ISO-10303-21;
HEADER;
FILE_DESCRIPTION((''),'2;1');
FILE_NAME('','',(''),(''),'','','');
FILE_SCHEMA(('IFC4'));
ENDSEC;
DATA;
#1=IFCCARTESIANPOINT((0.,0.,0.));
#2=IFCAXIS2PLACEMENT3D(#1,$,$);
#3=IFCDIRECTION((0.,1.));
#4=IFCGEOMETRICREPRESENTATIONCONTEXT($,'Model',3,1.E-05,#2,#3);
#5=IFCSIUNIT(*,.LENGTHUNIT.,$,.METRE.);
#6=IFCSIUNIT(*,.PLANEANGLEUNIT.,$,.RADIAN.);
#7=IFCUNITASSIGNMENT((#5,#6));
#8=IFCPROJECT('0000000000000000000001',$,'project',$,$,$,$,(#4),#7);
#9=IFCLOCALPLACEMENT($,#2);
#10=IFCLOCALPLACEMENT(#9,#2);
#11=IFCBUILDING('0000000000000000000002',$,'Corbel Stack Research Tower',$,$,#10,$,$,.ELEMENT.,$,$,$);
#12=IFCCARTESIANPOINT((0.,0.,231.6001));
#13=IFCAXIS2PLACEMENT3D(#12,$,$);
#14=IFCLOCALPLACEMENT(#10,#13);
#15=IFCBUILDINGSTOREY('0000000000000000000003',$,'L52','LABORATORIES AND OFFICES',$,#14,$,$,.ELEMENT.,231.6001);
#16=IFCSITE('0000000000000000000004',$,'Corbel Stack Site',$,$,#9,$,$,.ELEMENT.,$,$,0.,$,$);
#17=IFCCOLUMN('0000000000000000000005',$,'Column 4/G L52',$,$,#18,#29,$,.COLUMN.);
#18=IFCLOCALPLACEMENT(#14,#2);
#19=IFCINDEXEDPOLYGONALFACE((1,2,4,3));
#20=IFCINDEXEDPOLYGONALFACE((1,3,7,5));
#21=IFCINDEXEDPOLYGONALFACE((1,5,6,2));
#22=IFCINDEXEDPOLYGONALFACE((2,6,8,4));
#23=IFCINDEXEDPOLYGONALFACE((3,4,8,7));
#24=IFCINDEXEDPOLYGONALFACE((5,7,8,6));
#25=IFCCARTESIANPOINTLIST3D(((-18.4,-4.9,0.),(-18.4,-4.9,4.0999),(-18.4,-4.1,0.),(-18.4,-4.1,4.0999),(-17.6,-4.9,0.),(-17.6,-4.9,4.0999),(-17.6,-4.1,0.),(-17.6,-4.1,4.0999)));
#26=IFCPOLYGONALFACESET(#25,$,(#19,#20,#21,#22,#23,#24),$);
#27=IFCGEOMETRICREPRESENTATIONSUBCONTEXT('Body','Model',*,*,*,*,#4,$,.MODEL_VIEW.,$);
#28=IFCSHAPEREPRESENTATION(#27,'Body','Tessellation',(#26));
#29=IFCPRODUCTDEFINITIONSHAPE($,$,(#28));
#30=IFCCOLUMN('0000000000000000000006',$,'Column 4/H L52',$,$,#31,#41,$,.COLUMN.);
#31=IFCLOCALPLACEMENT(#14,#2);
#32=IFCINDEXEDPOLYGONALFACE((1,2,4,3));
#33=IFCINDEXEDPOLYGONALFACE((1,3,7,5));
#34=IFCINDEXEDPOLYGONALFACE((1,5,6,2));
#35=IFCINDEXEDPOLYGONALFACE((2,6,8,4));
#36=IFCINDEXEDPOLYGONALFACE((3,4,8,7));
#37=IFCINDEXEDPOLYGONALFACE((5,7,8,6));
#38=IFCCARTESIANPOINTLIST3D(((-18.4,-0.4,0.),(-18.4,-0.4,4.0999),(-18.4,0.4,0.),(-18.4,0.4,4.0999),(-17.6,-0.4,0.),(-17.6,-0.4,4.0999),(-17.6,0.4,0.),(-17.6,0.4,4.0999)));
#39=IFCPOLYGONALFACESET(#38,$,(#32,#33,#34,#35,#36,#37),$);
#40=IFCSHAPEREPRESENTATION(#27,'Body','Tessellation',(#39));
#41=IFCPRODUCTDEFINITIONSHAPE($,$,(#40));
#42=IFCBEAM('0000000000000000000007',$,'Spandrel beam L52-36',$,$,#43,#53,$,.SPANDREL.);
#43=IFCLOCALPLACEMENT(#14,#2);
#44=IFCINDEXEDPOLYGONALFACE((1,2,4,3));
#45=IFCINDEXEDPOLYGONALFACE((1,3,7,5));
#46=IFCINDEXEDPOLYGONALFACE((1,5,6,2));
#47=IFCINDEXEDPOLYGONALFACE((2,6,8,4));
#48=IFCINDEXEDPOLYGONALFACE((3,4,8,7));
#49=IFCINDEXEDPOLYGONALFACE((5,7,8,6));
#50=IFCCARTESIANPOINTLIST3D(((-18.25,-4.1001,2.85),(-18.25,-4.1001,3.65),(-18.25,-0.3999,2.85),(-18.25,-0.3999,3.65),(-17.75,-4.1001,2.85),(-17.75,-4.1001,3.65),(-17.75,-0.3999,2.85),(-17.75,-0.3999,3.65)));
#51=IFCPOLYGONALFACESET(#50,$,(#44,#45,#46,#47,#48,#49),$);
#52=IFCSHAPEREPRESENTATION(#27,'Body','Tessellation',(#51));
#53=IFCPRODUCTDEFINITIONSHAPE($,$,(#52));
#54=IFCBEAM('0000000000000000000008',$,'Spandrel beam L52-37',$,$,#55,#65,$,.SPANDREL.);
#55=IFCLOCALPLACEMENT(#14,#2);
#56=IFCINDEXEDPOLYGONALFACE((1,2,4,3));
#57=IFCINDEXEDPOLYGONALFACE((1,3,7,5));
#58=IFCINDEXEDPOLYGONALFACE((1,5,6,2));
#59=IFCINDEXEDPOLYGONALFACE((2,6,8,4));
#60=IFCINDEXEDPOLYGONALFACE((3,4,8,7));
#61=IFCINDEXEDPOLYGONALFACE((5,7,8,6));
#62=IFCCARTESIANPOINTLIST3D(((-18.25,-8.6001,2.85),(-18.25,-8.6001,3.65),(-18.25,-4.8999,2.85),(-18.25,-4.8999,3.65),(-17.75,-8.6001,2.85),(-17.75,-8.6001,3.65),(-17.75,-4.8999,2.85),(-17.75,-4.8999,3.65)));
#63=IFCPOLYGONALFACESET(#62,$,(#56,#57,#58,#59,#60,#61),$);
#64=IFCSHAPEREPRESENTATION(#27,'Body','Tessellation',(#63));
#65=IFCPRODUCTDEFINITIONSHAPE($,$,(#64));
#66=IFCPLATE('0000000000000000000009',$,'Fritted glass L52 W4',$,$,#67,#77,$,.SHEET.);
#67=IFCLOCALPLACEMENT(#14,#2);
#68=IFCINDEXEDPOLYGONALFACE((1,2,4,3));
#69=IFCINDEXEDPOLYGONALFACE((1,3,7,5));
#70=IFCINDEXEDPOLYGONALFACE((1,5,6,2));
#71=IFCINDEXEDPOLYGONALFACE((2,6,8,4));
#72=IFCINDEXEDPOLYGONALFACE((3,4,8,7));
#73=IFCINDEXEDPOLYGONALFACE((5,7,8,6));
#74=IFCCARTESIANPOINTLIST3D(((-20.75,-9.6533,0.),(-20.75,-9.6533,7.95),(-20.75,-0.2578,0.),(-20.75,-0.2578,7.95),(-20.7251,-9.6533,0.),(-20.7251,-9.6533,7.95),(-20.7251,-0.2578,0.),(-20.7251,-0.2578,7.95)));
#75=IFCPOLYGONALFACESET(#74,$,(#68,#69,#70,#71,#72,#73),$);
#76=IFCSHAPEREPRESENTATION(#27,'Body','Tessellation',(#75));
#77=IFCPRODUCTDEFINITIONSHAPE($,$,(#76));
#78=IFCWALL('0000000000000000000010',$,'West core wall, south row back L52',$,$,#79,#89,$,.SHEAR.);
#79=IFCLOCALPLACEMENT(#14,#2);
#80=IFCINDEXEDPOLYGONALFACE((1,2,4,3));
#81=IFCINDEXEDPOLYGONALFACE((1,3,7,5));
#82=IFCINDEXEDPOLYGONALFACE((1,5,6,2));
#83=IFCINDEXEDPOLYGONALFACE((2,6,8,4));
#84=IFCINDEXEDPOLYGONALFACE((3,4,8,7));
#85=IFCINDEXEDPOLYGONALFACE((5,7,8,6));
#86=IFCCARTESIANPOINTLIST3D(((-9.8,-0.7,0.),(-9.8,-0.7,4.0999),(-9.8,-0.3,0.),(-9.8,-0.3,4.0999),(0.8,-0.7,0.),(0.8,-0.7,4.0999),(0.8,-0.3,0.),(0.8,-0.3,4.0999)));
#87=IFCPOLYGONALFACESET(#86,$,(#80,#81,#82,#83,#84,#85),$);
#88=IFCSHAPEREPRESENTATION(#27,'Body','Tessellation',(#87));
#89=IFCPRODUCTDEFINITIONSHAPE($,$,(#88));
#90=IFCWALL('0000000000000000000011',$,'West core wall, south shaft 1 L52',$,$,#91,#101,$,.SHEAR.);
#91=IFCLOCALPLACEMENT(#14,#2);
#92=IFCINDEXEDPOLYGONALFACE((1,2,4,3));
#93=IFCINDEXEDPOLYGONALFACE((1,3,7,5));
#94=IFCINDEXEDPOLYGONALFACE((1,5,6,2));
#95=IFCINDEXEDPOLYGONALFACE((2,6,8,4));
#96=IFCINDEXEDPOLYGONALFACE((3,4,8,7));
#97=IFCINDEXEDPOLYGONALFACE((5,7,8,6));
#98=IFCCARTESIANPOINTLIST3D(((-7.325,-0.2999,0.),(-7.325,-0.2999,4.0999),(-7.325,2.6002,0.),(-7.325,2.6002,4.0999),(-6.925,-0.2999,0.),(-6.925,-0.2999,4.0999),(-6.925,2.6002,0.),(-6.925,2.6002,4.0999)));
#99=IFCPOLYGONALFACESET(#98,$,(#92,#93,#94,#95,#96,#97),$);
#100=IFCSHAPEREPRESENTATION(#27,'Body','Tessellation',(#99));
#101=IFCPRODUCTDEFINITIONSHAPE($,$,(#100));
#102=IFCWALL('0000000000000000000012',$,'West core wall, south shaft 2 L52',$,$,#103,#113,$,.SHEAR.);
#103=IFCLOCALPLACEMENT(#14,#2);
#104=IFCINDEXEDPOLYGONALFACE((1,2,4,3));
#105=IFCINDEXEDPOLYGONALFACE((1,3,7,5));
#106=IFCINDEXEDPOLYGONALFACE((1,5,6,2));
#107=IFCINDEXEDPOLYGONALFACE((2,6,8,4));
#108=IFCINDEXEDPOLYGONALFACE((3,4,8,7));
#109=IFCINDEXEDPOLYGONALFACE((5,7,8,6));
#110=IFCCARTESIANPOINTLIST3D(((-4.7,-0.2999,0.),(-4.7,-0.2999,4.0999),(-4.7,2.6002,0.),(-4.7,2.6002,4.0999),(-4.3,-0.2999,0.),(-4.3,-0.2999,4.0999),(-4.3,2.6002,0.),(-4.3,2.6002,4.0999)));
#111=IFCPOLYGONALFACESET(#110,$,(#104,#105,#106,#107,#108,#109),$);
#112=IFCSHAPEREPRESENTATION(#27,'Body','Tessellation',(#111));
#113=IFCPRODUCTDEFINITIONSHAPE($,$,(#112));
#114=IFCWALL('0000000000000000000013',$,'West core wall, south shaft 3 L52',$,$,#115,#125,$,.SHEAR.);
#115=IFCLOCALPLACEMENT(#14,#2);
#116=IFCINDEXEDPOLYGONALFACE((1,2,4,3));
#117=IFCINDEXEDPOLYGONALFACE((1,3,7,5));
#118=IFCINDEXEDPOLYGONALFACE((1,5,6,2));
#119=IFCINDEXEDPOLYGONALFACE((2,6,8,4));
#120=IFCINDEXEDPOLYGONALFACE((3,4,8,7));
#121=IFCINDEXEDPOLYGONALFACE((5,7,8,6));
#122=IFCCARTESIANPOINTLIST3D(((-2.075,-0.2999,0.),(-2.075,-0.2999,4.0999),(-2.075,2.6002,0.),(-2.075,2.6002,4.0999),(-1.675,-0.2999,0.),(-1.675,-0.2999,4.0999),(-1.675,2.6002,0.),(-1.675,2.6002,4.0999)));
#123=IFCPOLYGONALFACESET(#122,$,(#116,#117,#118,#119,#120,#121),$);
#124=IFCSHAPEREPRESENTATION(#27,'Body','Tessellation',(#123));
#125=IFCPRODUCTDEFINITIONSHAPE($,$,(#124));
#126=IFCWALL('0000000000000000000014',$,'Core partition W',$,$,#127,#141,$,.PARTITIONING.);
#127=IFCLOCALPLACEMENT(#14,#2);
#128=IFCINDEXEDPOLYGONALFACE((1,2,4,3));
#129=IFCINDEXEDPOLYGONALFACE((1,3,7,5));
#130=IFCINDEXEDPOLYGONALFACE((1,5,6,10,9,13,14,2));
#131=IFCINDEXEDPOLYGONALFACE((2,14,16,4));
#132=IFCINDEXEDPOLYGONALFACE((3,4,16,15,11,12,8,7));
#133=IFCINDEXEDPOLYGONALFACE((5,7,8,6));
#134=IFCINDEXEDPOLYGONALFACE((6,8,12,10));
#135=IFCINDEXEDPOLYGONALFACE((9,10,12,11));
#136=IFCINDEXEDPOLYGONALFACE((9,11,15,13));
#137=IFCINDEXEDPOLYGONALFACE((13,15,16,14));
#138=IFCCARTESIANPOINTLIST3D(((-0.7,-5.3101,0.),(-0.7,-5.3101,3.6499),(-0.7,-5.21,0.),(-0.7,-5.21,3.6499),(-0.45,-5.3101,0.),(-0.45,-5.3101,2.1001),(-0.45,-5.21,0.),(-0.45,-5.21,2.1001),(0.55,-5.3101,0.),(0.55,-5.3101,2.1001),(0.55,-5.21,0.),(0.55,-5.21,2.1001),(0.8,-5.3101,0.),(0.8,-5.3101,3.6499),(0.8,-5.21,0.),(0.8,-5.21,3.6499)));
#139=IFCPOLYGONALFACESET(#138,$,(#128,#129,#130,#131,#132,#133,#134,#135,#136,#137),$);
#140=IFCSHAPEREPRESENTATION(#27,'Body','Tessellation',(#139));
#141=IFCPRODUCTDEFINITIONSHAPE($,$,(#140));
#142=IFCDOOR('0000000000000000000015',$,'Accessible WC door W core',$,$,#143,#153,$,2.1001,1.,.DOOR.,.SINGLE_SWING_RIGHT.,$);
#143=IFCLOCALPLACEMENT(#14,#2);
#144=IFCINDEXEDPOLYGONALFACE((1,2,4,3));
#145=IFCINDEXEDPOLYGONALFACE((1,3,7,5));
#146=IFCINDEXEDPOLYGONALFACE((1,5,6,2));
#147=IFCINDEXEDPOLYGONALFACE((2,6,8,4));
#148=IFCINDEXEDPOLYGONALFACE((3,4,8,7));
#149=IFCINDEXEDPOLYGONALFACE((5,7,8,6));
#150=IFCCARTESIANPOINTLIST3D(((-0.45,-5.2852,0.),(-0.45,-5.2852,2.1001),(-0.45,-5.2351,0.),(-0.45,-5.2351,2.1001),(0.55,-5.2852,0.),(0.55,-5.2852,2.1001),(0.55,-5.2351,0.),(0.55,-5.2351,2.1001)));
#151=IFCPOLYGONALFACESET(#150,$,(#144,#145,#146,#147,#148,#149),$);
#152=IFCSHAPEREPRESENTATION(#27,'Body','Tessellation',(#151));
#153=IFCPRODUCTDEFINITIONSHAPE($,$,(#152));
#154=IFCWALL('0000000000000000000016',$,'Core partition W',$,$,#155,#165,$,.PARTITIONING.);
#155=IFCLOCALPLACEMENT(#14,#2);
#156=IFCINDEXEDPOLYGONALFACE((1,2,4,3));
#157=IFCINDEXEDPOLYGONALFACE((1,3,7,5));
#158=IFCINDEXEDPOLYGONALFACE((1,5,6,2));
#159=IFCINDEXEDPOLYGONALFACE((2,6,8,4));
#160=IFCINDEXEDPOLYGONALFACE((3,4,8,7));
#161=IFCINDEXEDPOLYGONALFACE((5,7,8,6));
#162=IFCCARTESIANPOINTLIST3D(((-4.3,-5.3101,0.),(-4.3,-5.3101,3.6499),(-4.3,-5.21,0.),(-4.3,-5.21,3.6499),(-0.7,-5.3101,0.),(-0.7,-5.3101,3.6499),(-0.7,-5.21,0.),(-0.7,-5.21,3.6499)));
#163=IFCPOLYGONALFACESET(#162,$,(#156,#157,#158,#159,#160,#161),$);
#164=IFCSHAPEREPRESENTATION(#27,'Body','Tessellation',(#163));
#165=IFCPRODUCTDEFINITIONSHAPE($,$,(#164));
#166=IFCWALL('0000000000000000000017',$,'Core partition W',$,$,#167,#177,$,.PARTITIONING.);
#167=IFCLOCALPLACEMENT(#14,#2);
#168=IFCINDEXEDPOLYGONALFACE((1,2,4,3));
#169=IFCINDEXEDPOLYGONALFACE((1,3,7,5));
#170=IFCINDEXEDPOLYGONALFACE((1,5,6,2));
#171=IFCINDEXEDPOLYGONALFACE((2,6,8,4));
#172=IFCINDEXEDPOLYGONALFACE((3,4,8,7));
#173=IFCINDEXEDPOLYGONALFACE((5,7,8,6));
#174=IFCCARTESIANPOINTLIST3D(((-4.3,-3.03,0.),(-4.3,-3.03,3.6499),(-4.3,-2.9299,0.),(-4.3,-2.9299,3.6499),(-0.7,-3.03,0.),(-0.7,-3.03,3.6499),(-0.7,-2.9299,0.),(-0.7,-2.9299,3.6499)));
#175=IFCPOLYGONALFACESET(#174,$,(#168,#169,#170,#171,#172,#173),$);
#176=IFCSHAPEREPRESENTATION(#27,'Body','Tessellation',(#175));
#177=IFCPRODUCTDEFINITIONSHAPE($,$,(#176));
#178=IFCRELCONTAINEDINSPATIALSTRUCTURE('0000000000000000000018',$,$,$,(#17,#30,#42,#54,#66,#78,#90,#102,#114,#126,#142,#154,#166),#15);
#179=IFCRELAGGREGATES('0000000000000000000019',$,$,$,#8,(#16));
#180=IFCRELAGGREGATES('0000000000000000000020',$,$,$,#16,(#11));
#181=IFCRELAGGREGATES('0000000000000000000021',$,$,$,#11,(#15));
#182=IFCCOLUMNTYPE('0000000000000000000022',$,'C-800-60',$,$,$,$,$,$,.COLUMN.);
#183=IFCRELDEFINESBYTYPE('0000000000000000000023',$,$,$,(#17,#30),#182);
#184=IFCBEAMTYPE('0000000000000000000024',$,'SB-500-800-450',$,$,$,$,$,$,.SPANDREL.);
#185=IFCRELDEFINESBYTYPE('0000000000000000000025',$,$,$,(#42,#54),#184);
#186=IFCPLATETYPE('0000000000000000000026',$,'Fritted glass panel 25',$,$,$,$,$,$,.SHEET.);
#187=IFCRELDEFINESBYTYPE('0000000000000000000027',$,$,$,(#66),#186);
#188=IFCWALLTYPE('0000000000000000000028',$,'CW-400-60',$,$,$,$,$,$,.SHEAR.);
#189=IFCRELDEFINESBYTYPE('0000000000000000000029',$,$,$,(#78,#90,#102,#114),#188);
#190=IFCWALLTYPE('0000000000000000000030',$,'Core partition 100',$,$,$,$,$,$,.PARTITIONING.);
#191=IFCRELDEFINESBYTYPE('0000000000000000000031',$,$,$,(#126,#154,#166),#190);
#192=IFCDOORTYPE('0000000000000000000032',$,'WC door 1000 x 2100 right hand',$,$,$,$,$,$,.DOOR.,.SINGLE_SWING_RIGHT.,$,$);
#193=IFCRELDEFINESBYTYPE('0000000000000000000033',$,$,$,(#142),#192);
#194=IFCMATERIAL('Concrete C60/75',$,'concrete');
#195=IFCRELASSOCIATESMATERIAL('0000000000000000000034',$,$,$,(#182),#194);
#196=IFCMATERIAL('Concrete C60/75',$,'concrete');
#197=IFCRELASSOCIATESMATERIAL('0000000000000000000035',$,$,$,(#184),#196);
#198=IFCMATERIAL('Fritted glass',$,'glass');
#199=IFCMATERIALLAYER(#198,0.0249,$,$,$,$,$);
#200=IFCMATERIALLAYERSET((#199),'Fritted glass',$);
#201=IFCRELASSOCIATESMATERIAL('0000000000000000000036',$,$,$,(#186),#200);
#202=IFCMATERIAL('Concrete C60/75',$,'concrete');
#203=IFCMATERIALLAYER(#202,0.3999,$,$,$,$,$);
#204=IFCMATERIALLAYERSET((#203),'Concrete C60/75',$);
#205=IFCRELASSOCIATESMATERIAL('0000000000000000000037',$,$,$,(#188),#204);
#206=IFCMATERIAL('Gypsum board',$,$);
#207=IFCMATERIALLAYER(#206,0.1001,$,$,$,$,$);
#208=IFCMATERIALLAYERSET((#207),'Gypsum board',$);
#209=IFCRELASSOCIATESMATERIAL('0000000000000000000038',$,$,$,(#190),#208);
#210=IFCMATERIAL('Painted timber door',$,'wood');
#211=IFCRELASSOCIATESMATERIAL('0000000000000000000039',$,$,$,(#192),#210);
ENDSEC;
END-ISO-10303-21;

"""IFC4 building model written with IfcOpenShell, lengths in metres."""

from ifc_helpers import new_model, si_unit, direction, frame, frame_2d, origin, origin_2d, place, context, subcontext, project, spatial, rectangle, extrude, material, layer, layer_set, material_profile, profile_set, type_object, element, fill, save


model = new_model("IFC4")

# Units and contexts
model_context = context("Model", 3, precision=1e-05, world=origin(), true_north=direction((0.0, 1.0)))
body_context = subcontext(model_context, "Body", "Model", "MODEL_VIEW")
ifc_project = project(units=[si_unit("LENGTHUNIT", "METRE"), si_unit("PLANEANGLEUNIT", "RADIAN")], contexts=[model_context])

# Site, building, storey
site_placement = place(None, origin())
site = spatial("IfcSite", under=ifc_project, at=site_placement, Name="Corbel Stack Site", CompositionType="ELEMENT", RefElevation=0.0)
building_placement = place(site_placement, origin())
building = spatial("IfcBuilding", under=site, at=building_placement, Name="Corbel Stack Research Tower", CompositionType="ELEMENT")
storey_placement = place(building_placement, frame((0.0, 0.0, 231.6001)))
storey = spatial("IfcBuildingStorey", under=building, at=storey_placement, Name="L52", Description="LABORATORIES AND OFFICES", CompositionType="ELEMENT", Elevation=231.6001)

# Columns
ifc_material_1 = material(Name="Concrete C60/75", Category="concrete")
ifc_material_profile_1 = material_profile(ifc_material_1, rectangle(XDim=0.8, YDim=0.8, at=origin_2d()), Name="RC 800 x 800")
ifc_profile_set_1 = profile_set([ifc_material_profile_1], Name="Concrete C60/75")
column_type = type_object("IfcColumnType", Name="C-800-60", PredefinedType="COLUMN", material=ifc_profile_set_1)
for number, where, z_axis, x_axis, name in (
    (1, (-18.0, -4.5, 0.0), (0.0, 0.0, 1.0), (1.0, 0.0, 0.0), "Column 4/G L52"),
    (2, (-18.0, 0.0, 0.0), (0.0, 0.0, 1.0), (1.0, 0.0, 0.0), "Column 4/H L52"),
):
    element("IfcColumn", number, at=place(storey_placement, frame(where, z_axis=z_axis, x_axis=x_axis)), inside=storey, type_object=column_type, Name=name, PredefinedType="COLUMN", context=body_context, shape_type="SweptSolid", body=[
        extrude(rectangle(XDim=0.8, YDim=0.8, at=origin_2d()), origin(), (0.0, 0.0, 1.0), 4.0999),
    ])

# Beams
ifc_material_2 = material(Name="Concrete C60/75", Category="concrete")
ifc_material_profile_2 = material_profile(ifc_material_2, rectangle(XDim=0.5, YDim=0.8, at=origin_2d()), Name="RC 500 x 800")
ifc_profile_set_2 = profile_set([ifc_material_profile_2], Name="Concrete C60/75")
beam_type = type_object("IfcBeamType", Name="SB-500-800-450", PredefinedType="SPANDREL", material=ifc_profile_set_2)
for number, where, z_axis, x_axis, name in (
    (3, (-18.0, -0.3999, 3.25), (0.0, -1.0, 0.0), (1.0, 0.0, 0.0), "Spandrel beam L52-36"),
    (4, (-18.0, -4.8999, 3.25), (0.0, -1.0, 0.0), (1.0, 0.0, 0.0), "Spandrel beam L52-37"),
):
    element("IfcBeam", number, at=place(storey_placement, frame(where, z_axis=z_axis, x_axis=x_axis)), inside=storey, type_object=beam_type, Name=name, PredefinedType="SPANDREL", context=body_context, shape_type="SweptSolid", body=[
        extrude(rectangle(XDim=0.5, YDim=0.8, at=origin_2d()), origin(), (0.0, 0.0, 1.0), 3.7002),
    ])

# Plate
ifc_material_3 = material(Name="Fritted glass", Category="glass")
ifc_layer_1 = layer(ifc_material_3, 0.0249)
ifc_layer_set_1 = layer_set([ifc_layer_1], Name="Fritted glass")
plate_type = type_object("IfcPlateType", Name="Fritted glass panel 25", PredefinedType="SHEET", material=ifc_layer_set_1)
plate_placement = place(storey_placement, frame((-20.7375, -4.9556, 0.0), z_axis=(0.0, 0.0, 1.0), x_axis=(0.0, -1.0, 0.0)))
element("IfcPlate", 5, at=plate_placement, inside=storey, type_object=plate_type, Name="Fritted glass L52 W4", PredefinedType="SHEET", context=body_context, shape_type="SweptSolid", body=[
    extrude(rectangle(XDim=9.3955, YDim=0.0249, at=origin_2d()), origin(), (0.0, 0.0, 1.0), 7.95),
])

# Walls
ifc_material_4 = material(Name="Concrete C60/75", Category="concrete")
ifc_layer_2 = layer(ifc_material_4, 0.3999)
ifc_layer_set_2 = layer_set([ifc_layer_2], Name="Concrete C60/75")
wall_type_1 = type_object("IfcWallType", Name="CW-400-60", PredefinedType="SHEAR", material=ifc_layer_set_2)
wall_1_placement = place(storey_placement, frame((-9.8, -0.5, 0.0), z_axis=(0.0, 0.0, 1.0), x_axis=(1.0, 0.0, 0.0)))
element("IfcWall", 6, at=wall_1_placement, inside=storey, type_object=wall_type_1, Name="West core wall, south row back L52", PredefinedType="SHEAR", context=body_context, shape_type="SweptSolid", body=[
    extrude(rectangle(XDim=10.6001, YDim=0.3999, at=frame_2d((5.3, 0.0))), origin(), (0.0, 0.0, 1.0), 4.0999),
])
for number, where, z_axis, x_axis, name in (
    (7, (-7.125, -0.3, 0.0), (0.0, 0.0, 1.0), (0.0, 1.0, 0.0), "West core wall, south shaft 1 L52"),
    (8, (-4.5, -0.3, 0.0), (0.0, 0.0, 1.0), (0.0, 1.0, 0.0), "West core wall, south shaft 2 L52"),
    (9, (-1.875, -0.3, 0.0), (0.0, 0.0, 1.0), (0.0, 1.0, 0.0), "West core wall, south shaft 3 L52"),
):
    element("IfcWall", number, at=place(storey_placement, frame(where, z_axis=z_axis, x_axis=x_axis)), inside=storey, type_object=wall_type_1, Name=name, PredefinedType="SHEAR", context=body_context, shape_type="SweptSolid", body=[
        extrude(rectangle(XDim=2.9001, YDim=0.3999, at=frame_2d((1.4502, 0.0))), origin(), (0.0, 0.0, 1.0), 4.0999),
    ])

# Wall, opening, door
ifc_material_5 = material(Name="Gypsum board")
ifc_layer_3 = layer(ifc_material_5, 0.1001)
ifc_layer_set_3 = layer_set([ifc_layer_3], Name="Gypsum board")
wall_type_2 = type_object("IfcWallType", Name="Core partition 100", PredefinedType="PARTITIONING", material=ifc_layer_set_3)
wall_2_placement = place(storey_placement, frame((-0.7, -5.26, 0.0), z_axis=(0.0, 0.0, 1.0), x_axis=(1.0, 0.0, 0.0)))
wall_2 = element("IfcWall", 10, at=wall_2_placement, inside=storey, type_object=wall_type_2, Name="Core partition W", PredefinedType="PARTITIONING", context=body_context, shape_type="SweptSolid", body=[
    extrude(rectangle(XDim=1.5, YDim=0.1001, at=frame_2d((0.75, 0.0))), origin(), (0.0, 0.0, 1.0), 3.6499),
])
opening_1_placement = place(wall_2_placement, frame((0.25, 0.0, 0.0)))
opening_1 = element("IfcOpeningElement", 11, at=opening_1_placement, cuts=wall_2, PredefinedType="OPENING", context=body_context, shape_type="SweptSolid", body=[
    extrude(rectangle(XDim=1.0, YDim=2.1001, at=frame_2d((0.5, 1.05))), frame((0.0, 0.0601, 0.0), z_axis=(0.0, -1.0, 0.0), x_axis=(1.0, 0.0, 0.0)), (0.0, 0.0, 1.0), 0.1201),
])
ifc_material_6 = material(Name="Painted timber door", Category="wood")
door_type_1 = type_object("IfcDoorType", Name="WC door 1000 x 2100 right hand", OperationType="SINGLE_SWING_RIGHT", PredefinedType="DOOR", material=ifc_material_6)
door_1_placement = place(opening_1_placement, origin())
door_1 = element("IfcDoor", 12, at=door_1_placement, inside=storey, type_object=door_type_1, Name="Accessible WC door W core", OperationType="SINGLE_SWING_RIGHT", OverallHeight=2.1001, OverallWidth=1.0, PredefinedType="DOOR", context=body_context, shape_type="SweptSolid", body=[
    extrude(rectangle(XDim=1.0, YDim=2.1001, at=frame_2d((0.5, 1.05))), frame((0.0, 0.0249, 0.0), z_axis=(0.0, -1.0, 0.0), x_axis=(1.0, 0.0, 0.0)), (0.0, 0.0, 1.0), 0.05),
])
fill(opening_1, door_1)

# Walls
for number, where, z_axis, x_axis, name in (
    (13, (-4.3, -5.26, 0.0), (0.0, 0.0, 1.0), (1.0, 0.0, 0.0), "Core partition W"),
    (14, (-4.3, -2.98, 0.0), (0.0, 0.0, 1.0), (1.0, 0.0, 0.0), "Core partition W"),
):
    element("IfcWall", number, at=place(storey_placement, frame(where, z_axis=z_axis, x_axis=x_axis)), inside=storey, type_object=wall_type_2, Name=name, PredefinedType="PARTITIONING", context=body_context, shape_type="SweptSolid", body=[
        extrude(rectangle(XDim=3.6001, YDim=0.1001, at=frame_2d((1.8, 0.0))), origin(), (0.0, 0.0, 1.0), 3.6499),
    ])

save(model, "model.ifc")
